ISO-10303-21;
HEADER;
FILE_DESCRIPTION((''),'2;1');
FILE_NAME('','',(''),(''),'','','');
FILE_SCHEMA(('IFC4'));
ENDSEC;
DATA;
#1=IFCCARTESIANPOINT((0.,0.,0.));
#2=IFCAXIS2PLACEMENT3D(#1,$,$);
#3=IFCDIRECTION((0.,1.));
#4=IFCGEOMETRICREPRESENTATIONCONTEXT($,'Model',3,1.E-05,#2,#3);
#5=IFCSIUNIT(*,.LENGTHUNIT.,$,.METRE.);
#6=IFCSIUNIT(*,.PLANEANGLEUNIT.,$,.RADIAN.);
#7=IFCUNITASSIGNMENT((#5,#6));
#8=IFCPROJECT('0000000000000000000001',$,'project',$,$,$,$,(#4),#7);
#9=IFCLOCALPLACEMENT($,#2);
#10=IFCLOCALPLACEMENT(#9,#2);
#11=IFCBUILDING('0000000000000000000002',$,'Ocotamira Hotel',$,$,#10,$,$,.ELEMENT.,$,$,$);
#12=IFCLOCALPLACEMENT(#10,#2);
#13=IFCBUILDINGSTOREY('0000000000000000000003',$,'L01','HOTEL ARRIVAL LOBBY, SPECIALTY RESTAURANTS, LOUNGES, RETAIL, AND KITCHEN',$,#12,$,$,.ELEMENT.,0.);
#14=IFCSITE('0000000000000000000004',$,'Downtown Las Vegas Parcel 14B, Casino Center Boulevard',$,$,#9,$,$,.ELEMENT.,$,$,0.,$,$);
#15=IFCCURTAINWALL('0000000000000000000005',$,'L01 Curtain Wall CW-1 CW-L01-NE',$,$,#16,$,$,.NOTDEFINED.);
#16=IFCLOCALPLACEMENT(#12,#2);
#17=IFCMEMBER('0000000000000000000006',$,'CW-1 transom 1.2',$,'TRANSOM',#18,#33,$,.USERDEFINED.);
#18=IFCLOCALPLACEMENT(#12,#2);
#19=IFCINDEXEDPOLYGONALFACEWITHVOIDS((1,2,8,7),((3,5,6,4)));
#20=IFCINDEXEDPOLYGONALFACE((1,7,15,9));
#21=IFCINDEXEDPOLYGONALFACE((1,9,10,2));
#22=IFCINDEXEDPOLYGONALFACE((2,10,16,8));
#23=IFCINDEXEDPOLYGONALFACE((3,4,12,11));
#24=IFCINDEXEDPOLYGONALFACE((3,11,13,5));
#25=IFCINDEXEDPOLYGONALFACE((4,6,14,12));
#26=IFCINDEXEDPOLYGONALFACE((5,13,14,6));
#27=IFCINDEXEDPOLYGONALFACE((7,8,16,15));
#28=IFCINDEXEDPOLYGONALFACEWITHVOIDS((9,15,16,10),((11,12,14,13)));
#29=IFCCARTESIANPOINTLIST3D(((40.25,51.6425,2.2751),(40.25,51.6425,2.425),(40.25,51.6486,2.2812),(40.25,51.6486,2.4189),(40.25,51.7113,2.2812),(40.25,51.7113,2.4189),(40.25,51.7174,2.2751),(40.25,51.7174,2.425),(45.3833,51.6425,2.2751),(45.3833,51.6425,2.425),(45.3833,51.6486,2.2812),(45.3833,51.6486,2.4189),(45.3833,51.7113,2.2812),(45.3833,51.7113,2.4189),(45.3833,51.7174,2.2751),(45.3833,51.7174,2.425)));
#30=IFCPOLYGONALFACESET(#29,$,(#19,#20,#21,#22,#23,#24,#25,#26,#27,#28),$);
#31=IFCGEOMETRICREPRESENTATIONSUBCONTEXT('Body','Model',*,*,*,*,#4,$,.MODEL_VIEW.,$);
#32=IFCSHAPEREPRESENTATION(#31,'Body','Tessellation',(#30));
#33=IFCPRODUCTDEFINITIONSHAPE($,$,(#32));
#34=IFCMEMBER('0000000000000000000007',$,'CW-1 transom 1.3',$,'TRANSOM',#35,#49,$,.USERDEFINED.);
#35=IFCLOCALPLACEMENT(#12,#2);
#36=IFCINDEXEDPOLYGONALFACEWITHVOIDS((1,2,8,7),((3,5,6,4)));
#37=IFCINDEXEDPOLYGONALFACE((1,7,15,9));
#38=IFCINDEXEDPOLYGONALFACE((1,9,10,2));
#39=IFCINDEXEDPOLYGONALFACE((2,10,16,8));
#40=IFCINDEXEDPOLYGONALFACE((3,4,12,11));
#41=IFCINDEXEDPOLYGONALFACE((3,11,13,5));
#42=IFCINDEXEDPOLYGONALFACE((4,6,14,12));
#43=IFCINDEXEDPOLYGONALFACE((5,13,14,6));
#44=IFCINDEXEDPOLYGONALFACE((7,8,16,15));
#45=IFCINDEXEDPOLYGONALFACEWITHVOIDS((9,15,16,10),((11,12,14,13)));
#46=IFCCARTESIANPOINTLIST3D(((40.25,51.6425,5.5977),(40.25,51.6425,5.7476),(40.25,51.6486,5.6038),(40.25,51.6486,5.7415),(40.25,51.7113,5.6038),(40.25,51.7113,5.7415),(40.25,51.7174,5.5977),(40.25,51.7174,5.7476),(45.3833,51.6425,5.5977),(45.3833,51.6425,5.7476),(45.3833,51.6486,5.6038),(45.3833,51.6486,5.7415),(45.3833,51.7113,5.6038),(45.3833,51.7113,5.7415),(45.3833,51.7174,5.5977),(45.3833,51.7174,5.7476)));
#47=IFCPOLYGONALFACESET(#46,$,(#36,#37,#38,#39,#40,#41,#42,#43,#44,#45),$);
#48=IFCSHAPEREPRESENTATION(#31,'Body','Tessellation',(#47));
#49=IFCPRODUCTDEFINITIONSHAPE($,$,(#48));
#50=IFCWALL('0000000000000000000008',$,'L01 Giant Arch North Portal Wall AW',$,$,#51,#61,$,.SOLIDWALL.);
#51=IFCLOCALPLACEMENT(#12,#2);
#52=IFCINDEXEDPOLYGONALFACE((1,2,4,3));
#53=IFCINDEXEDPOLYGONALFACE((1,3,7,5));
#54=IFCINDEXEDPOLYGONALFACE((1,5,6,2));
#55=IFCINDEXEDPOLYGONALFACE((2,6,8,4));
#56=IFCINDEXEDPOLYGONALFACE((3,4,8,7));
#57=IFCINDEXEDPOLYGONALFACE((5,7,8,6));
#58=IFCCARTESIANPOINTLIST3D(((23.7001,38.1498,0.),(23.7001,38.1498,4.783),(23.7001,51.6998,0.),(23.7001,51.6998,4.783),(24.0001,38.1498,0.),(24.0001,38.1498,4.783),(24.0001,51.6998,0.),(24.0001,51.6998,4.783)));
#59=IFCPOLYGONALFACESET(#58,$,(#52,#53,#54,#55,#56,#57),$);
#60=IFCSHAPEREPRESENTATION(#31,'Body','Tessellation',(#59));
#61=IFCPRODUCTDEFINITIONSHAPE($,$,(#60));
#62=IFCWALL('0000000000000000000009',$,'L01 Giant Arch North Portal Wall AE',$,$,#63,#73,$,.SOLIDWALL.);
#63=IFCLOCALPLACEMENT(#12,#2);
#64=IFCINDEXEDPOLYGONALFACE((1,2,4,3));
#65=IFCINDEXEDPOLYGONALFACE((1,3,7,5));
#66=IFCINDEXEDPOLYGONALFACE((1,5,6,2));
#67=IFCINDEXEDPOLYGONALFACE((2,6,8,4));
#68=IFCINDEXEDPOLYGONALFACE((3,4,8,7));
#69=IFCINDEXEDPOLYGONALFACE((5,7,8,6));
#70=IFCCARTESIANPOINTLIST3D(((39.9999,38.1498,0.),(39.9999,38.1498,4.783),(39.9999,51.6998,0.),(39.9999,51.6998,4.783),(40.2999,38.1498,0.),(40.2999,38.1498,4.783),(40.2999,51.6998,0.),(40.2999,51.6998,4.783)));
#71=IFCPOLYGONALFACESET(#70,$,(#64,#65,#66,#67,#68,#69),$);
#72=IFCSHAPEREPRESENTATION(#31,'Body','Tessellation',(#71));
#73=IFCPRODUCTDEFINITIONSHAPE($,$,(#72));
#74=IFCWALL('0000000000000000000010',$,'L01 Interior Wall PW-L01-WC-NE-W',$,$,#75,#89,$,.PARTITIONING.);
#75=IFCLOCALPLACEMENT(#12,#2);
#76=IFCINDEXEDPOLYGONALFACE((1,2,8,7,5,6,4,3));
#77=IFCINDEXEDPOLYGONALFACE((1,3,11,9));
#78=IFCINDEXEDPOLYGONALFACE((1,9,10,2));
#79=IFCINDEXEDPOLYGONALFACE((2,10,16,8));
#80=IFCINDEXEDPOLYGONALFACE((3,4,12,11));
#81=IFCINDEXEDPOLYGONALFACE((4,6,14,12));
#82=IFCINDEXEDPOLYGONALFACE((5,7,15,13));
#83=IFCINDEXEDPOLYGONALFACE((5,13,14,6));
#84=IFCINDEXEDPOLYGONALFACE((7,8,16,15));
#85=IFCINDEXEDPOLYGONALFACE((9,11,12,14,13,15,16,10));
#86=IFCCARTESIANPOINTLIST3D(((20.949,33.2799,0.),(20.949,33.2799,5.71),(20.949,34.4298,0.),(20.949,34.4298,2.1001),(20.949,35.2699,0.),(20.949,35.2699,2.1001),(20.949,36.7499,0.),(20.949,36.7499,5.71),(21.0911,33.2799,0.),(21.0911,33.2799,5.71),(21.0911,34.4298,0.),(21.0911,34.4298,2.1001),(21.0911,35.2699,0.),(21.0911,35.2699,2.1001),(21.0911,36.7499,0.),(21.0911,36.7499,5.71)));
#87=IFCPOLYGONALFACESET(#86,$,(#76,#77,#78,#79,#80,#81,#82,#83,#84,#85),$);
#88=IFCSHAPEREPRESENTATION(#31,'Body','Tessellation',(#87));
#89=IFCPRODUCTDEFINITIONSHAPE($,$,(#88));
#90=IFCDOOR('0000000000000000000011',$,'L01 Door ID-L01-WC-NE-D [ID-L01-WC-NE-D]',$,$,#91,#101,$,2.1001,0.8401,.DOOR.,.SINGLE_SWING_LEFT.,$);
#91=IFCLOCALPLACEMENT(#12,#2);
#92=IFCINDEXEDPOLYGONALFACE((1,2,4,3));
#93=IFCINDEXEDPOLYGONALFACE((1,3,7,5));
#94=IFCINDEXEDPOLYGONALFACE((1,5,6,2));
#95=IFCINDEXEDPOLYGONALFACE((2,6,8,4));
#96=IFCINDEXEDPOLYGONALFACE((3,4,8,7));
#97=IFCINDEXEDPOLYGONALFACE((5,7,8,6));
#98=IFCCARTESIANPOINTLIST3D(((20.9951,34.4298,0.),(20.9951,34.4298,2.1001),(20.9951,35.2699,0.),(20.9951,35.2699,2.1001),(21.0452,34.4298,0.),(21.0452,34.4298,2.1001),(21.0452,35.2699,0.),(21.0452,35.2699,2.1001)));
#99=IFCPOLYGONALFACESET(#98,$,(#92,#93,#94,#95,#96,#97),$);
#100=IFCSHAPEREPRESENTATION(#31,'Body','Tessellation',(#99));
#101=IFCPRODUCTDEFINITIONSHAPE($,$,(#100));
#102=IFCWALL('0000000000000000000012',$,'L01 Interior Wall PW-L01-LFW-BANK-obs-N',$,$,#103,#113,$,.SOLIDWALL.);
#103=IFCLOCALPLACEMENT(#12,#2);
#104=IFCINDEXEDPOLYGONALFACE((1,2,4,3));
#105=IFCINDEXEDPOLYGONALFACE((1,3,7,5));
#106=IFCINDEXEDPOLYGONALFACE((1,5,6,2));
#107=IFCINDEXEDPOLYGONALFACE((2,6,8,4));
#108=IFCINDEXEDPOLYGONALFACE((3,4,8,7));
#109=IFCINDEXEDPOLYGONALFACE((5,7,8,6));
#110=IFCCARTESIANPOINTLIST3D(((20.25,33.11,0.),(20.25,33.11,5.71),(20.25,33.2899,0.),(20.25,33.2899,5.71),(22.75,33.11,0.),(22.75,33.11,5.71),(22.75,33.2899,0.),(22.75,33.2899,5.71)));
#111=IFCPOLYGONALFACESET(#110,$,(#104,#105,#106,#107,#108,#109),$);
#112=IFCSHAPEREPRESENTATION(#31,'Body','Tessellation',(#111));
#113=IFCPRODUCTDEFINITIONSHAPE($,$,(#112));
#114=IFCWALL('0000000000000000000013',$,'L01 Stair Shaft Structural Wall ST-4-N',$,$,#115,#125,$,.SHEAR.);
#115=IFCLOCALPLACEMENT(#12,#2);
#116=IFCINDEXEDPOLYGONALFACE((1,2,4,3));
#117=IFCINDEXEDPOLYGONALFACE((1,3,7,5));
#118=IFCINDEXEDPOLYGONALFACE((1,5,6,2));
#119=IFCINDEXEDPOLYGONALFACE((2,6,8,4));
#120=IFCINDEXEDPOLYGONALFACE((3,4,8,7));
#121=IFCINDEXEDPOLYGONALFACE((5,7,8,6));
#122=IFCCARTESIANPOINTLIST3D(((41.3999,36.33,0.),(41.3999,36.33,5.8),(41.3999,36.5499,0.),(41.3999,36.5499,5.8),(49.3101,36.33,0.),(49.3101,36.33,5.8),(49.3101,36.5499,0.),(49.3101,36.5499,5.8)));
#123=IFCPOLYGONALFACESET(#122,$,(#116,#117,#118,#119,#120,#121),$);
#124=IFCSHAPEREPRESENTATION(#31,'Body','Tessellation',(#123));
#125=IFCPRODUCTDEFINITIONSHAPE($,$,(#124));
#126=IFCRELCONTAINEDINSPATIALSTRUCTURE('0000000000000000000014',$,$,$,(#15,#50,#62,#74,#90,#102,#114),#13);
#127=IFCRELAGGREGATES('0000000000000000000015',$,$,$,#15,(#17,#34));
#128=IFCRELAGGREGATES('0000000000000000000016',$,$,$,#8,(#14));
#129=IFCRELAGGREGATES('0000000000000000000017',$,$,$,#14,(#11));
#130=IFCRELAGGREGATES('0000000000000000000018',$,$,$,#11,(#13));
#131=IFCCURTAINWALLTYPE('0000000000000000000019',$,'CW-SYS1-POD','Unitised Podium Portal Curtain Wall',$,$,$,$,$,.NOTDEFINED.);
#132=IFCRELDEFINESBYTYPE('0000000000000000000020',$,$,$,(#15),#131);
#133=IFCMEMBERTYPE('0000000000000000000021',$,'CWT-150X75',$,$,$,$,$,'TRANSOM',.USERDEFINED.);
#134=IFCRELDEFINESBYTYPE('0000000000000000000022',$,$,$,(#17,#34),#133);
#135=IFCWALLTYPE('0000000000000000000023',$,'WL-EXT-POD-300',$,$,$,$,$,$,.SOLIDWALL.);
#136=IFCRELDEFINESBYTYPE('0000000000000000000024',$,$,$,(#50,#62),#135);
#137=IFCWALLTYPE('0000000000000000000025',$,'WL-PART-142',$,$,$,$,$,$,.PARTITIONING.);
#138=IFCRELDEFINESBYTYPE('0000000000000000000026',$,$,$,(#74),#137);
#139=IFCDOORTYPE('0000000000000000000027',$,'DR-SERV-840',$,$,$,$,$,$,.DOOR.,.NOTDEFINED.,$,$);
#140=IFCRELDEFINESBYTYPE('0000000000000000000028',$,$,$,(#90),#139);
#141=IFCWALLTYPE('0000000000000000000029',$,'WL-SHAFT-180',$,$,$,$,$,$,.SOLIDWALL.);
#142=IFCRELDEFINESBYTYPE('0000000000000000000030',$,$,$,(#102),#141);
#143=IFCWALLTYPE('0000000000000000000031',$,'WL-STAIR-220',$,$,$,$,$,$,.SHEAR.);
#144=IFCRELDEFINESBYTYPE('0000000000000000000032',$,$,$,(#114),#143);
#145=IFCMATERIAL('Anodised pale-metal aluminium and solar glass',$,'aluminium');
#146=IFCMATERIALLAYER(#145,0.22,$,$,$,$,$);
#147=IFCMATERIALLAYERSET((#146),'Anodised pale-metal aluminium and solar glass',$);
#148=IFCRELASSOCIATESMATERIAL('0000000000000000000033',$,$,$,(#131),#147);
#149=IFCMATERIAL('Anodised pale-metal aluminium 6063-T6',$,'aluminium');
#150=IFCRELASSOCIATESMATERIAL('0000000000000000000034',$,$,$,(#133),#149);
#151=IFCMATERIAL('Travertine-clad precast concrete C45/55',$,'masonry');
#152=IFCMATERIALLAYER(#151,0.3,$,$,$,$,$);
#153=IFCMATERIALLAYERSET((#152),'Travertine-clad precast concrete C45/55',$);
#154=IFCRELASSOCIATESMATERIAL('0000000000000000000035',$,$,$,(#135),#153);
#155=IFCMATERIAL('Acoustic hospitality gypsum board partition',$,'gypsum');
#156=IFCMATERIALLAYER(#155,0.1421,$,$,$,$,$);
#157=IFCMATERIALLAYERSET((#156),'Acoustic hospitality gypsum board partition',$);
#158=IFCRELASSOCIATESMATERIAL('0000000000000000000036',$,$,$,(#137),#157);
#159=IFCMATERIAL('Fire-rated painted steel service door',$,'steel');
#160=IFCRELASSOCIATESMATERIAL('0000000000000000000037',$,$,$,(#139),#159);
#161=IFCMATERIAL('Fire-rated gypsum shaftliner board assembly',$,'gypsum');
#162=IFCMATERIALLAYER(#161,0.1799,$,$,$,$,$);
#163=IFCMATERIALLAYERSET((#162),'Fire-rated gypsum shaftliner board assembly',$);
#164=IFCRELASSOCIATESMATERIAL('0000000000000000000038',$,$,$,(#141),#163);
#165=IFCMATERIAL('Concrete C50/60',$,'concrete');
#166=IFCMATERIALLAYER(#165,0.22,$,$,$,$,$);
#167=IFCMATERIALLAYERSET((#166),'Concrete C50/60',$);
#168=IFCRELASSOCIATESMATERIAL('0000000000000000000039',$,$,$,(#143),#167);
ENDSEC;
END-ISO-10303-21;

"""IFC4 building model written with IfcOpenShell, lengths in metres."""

from ifc_helpers import new_model, si_unit, direction, frame, frame_2d, origin, origin_2d, place, context, subcontext, project, spatial, rectangle, hollow_rectangle, extrude, source, transform, mapped, material, layer, layer_set, material_profile, profile_set, type_object, element, fill, aggregate, save


model = new_model("IFC4")

# Units and contexts
model_context = context("Model", 3, precision=1e-05, world=origin(), true_north=direction((0.0, 1.0)))
body_context = subcontext(model_context, "Body", "Model", "MODEL_VIEW")
ifc_project = project(units=[si_unit("LENGTHUNIT", "METRE"), si_unit("PLANEANGLEUNIT", "RADIAN")], contexts=[model_context])

# Site, building, storey
site_placement = place(None, origin())
site = spatial("IfcSite", under=ifc_project, at=site_placement, Name="Downtown Las Vegas Parcel 14B, Casino Center Boulevard", CompositionType="ELEMENT", RefElevation=0.0)
building_placement = place(site_placement, origin())
building = spatial("IfcBuilding", under=site, at=building_placement, Name="Ocotamira Hotel", CompositionType="ELEMENT")
storey_placement = place(building_placement, origin())
storey = spatial("IfcBuildingStorey", under=building, at=storey_placement, Name="L01", Description="HOTEL ARRIVAL LOBBY, SPECIALTY RESTAURANTS, LOUNGES, RETAIL, AND KITCHEN", CompositionType="ELEMENT", Elevation=0.0)

# Curtain wall, members
ifc_material_1 = material(Name="Anodised pale-metal aluminium and solar glass", Category="aluminium")
ifc_layer_1 = layer(ifc_material_1, 0.22)
ifc_layer_set_1 = layer_set([ifc_layer_1], Name="Anodised pale-metal aluminium and solar glass")
curtain_wall_type = type_object("IfcCurtainWallType", Name="CW-SYS1-POD", Description="Unitised Podium Portal Curtain Wall", PredefinedType="NOTDEFINED", material=ifc_layer_set_1)
curtain_wall_placement = place(storey_placement, origin())
curtain_wall = element("IfcCurtainWall", 1, at=curtain_wall_placement, inside=storey, type_object=curtain_wall_type, Name="L01 Curtain Wall CW-1 CW-L01-NE", PredefinedType="NOTDEFINED")
ifc_material_2 = material(Name="Anodised pale-metal aluminium 6063-T6", Category="aluminium")
ifc_material_profile_1 = material_profile(ifc_material_2, hollow_rectangle(XDim=0.075, YDim=0.1499, WallThickness=0.0061, at=origin_2d()), Name="HSS150X75X6")
ifc_profile_set_1 = profile_set([ifc_material_profile_1], Name="Anodised pale-metal aluminium 6063-T6")
member_type_1 = type_object("IfcMemberType", Name="CWT-150X75", ElementType="TRANSOM", PredefinedType="USERDEFINED", material=ifc_profile_set_1)
shared_shape_1 = source(origin(), body_context, "Body", "SweptSolid", [
    extrude(hollow_rectangle(XDim=0.075, YDim=0.1499, WallThickness=0.0061, at=origin_2d()), origin(), (0.0, 0.0, 1.0), 5.1333),
])
member_1_placement = place(storey_placement, frame((40.25, 51.6799, 2.3501), z_axis=(1.0, 0.0, 0.0), x_axis=(0.0, 1.0, 0.0)))
member_1 = element("IfcMember", 2, at=member_1_placement, type_object=member_type_1, Name="CW-1 transom 1.2", ObjectType="TRANSOM", PredefinedType="USERDEFINED", context=body_context, shape_type="MappedRepresentation", body=[
    mapped(shared_shape_1, transform((0.0, 0.0, 0.0), scale=1.0)),
])
member_2_placement = place(storey_placement, frame((40.25, 51.6799, 5.6726), z_axis=(1.0, 0.0, 0.0), x_axis=(0.0, 1.0, 0.0)))
member_2 = element("IfcMember", 3, at=member_2_placement, type_object=member_type_1, Name="CW-1 transom 1.3", ObjectType="TRANSOM", PredefinedType="USERDEFINED", context=body_context, shape_type="MappedRepresentation", body=[
    mapped(shared_shape_1, transform((0.0, 0.0, 0.0), scale=1.0)),
])
aggregate(curtain_wall, [member_1, member_2])

# Walls
ifc_material_3 = material(Name="Travertine-clad precast concrete C45/55", Category="masonry")
ifc_layer_2 = layer(ifc_material_3, 0.3)
ifc_layer_set_2 = layer_set([ifc_layer_2], Name="Travertine-clad precast concrete C45/55")
wall_type_1 = type_object("IfcWallType", Name="WL-EXT-POD-300", PredefinedType="SOLIDWALL", material=ifc_layer_set_2)
for number, where, z_axis, x_axis, name in (
    (4, (23.8501, 38.1499, 0.0), (0.0, 0.0, 1.0), (0.0, 1.0, 0.0), "L01 Giant Arch North Portal Wall AW"),
    (5, (40.1499, 38.1499, 0.0), (0.0, 0.0, 1.0), (0.0, 1.0, 0.0), "L01 Giant Arch North Portal Wall AE"),
):
    element("IfcWall", number, at=place(storey_placement, frame(where, z_axis=z_axis, x_axis=x_axis)), inside=storey, type_object=wall_type_1, Name=name, PredefinedType="SOLIDWALL", context=body_context, shape_type="SweptSolid", body=[
        extrude(rectangle(XDim=13.55, YDim=0.3, at=frame_2d((6.7749, 0.0))), origin(), (0.0, 0.0, 1.0), 4.783),
    ])

# Wall, opening, door
ifc_material_4 = material(Name="Acoustic hospitality gypsum board partition", Category="gypsum")
ifc_layer_3 = layer(ifc_material_4, 0.1421)
ifc_layer_set_3 = layer_set([ifc_layer_3], Name="Acoustic hospitality gypsum board partition")
wall_type_2 = type_object("IfcWallType", Name="WL-PART-142", PredefinedType="PARTITIONING", material=ifc_layer_set_3)
wall_1_placement = place(storey_placement, frame((21.02, 33.28, 0.0), z_axis=(0.0, 0.0, 1.0), x_axis=(0.0, 1.0, 0.0)))
wall_1 = element("IfcWall", 6, at=wall_1_placement, inside=storey, type_object=wall_type_2, Name="L01 Interior Wall PW-L01-WC-NE-W", PredefinedType="PARTITIONING", context=body_context, shape_type="SweptSolid", body=[
    extrude(rectangle(XDim=3.47, YDim=0.1421, at=frame_2d((1.7349, 0.0))), origin(), (0.0, 0.0, 1.0), 5.71),
])
opening_1_placement = place(wall_1_placement, frame((1.1499, 0.0, 0.0)))
opening_1 = element("IfcOpeningElement", 7, at=opening_1_placement, cuts=wall_1, PredefinedType="OPENING", context=body_context, shape_type="SweptSolid", body=[
    extrude(rectangle(XDim=0.8401, YDim=2.1001, at=frame_2d((0.4199, 1.05))), frame((0.0, 0.0811, 0.0), z_axis=(0.0, -1.0, 0.0), x_axis=(1.0, 0.0, 0.0)), (0.0, 0.0, 1.0), 0.1621),
])
ifc_material_5 = material(Name="Fire-rated painted steel service door", Category="steel")
door_type_1 = type_object("IfcDoorType", Name="DR-SERV-840", OperationType="NOTDEFINED", PredefinedType="DOOR", material=ifc_material_5)
shared_shape_2 = source(origin(), body_context, "Body", "SweptSolid", [
    extrude(rectangle(XDim=0.8401, YDim=2.1001, at=frame_2d((0.4199, 1.05))), frame((0.0, 0.0249, 0.0), z_axis=(0.0, -1.0, 0.0), x_axis=(1.0, 0.0, 0.0)), (0.0, 0.0, 1.0), 0.05),
])
door_1_placement = place(opening_1_placement, origin())
door_1 = element("IfcDoor", 8, at=door_1_placement, inside=storey, type_object=door_type_1, Name="L01 Door ID-L01-WC-NE-D [ID-L01-WC-NE-D]", OperationType="SINGLE_SWING_LEFT", OverallHeight=2.1001, OverallWidth=0.8401, PredefinedType="DOOR", context=body_context, shape_type="MappedRepresentation", body=[
    mapped(shared_shape_2, transform((0.0, 0.0, 0.0), scale=1.0)),
])
fill(opening_1, door_1)

# Walls
ifc_material_6 = material(Name="Fire-rated gypsum shaftliner board assembly", Category="gypsum")
ifc_layer_4 = layer(ifc_material_6, 0.1799)
ifc_layer_set_4 = layer_set([ifc_layer_4], Name="Fire-rated gypsum shaftliner board assembly")
wall_type_3 = type_object("IfcWallType", Name="WL-SHAFT-180", PredefinedType="SOLIDWALL", material=ifc_layer_set_4)
wall_2_placement = place(storey_placement, frame((20.25, 33.2, 0.0), z_axis=(0.0, 0.0, 1.0), x_axis=(1.0, 0.0, 0.0)))
element("IfcWall", 9, at=wall_2_placement, inside=storey, type_object=wall_type_3, Name="L01 Interior Wall PW-L01-LFW-BANK-obs-N", PredefinedType="SOLIDWALL", context=body_context, shape_type="SweptSolid", body=[
    extrude(rectangle(XDim=2.5, YDim=0.1799, at=frame_2d((1.25, 0.0))), origin(), (0.0, 0.0, 1.0), 5.71),
])
ifc_material_7 = material(Name="Concrete C50/60", Category="concrete")
ifc_layer_5 = layer(ifc_material_7, 0.22)
ifc_layer_set_5 = layer_set([ifc_layer_5], Name="Concrete C50/60")
wall_type_4 = type_object("IfcWallType", Name="WL-STAIR-220", PredefinedType="SHEAR", material=ifc_layer_set_5)
wall_3_placement = place(storey_placement, frame((41.3999, 36.4399, 0.0), z_axis=(0.0, 0.0, 1.0), x_axis=(1.0, 0.0, 0.0)))
element("IfcWall", 10, at=wall_3_placement, inside=storey, type_object=wall_type_4, Name="L01 Stair Shaft Structural Wall ST-4-N", PredefinedType="SHEAR", context=body_context, shape_type="SweptSolid", body=[
    extrude(rectangle(XDim=7.9102, YDim=0.22, at=frame_2d((3.9551, 0.0))), origin(), (0.0, 0.0, 1.0), 5.8),
])

save(model, "model.ifc")
